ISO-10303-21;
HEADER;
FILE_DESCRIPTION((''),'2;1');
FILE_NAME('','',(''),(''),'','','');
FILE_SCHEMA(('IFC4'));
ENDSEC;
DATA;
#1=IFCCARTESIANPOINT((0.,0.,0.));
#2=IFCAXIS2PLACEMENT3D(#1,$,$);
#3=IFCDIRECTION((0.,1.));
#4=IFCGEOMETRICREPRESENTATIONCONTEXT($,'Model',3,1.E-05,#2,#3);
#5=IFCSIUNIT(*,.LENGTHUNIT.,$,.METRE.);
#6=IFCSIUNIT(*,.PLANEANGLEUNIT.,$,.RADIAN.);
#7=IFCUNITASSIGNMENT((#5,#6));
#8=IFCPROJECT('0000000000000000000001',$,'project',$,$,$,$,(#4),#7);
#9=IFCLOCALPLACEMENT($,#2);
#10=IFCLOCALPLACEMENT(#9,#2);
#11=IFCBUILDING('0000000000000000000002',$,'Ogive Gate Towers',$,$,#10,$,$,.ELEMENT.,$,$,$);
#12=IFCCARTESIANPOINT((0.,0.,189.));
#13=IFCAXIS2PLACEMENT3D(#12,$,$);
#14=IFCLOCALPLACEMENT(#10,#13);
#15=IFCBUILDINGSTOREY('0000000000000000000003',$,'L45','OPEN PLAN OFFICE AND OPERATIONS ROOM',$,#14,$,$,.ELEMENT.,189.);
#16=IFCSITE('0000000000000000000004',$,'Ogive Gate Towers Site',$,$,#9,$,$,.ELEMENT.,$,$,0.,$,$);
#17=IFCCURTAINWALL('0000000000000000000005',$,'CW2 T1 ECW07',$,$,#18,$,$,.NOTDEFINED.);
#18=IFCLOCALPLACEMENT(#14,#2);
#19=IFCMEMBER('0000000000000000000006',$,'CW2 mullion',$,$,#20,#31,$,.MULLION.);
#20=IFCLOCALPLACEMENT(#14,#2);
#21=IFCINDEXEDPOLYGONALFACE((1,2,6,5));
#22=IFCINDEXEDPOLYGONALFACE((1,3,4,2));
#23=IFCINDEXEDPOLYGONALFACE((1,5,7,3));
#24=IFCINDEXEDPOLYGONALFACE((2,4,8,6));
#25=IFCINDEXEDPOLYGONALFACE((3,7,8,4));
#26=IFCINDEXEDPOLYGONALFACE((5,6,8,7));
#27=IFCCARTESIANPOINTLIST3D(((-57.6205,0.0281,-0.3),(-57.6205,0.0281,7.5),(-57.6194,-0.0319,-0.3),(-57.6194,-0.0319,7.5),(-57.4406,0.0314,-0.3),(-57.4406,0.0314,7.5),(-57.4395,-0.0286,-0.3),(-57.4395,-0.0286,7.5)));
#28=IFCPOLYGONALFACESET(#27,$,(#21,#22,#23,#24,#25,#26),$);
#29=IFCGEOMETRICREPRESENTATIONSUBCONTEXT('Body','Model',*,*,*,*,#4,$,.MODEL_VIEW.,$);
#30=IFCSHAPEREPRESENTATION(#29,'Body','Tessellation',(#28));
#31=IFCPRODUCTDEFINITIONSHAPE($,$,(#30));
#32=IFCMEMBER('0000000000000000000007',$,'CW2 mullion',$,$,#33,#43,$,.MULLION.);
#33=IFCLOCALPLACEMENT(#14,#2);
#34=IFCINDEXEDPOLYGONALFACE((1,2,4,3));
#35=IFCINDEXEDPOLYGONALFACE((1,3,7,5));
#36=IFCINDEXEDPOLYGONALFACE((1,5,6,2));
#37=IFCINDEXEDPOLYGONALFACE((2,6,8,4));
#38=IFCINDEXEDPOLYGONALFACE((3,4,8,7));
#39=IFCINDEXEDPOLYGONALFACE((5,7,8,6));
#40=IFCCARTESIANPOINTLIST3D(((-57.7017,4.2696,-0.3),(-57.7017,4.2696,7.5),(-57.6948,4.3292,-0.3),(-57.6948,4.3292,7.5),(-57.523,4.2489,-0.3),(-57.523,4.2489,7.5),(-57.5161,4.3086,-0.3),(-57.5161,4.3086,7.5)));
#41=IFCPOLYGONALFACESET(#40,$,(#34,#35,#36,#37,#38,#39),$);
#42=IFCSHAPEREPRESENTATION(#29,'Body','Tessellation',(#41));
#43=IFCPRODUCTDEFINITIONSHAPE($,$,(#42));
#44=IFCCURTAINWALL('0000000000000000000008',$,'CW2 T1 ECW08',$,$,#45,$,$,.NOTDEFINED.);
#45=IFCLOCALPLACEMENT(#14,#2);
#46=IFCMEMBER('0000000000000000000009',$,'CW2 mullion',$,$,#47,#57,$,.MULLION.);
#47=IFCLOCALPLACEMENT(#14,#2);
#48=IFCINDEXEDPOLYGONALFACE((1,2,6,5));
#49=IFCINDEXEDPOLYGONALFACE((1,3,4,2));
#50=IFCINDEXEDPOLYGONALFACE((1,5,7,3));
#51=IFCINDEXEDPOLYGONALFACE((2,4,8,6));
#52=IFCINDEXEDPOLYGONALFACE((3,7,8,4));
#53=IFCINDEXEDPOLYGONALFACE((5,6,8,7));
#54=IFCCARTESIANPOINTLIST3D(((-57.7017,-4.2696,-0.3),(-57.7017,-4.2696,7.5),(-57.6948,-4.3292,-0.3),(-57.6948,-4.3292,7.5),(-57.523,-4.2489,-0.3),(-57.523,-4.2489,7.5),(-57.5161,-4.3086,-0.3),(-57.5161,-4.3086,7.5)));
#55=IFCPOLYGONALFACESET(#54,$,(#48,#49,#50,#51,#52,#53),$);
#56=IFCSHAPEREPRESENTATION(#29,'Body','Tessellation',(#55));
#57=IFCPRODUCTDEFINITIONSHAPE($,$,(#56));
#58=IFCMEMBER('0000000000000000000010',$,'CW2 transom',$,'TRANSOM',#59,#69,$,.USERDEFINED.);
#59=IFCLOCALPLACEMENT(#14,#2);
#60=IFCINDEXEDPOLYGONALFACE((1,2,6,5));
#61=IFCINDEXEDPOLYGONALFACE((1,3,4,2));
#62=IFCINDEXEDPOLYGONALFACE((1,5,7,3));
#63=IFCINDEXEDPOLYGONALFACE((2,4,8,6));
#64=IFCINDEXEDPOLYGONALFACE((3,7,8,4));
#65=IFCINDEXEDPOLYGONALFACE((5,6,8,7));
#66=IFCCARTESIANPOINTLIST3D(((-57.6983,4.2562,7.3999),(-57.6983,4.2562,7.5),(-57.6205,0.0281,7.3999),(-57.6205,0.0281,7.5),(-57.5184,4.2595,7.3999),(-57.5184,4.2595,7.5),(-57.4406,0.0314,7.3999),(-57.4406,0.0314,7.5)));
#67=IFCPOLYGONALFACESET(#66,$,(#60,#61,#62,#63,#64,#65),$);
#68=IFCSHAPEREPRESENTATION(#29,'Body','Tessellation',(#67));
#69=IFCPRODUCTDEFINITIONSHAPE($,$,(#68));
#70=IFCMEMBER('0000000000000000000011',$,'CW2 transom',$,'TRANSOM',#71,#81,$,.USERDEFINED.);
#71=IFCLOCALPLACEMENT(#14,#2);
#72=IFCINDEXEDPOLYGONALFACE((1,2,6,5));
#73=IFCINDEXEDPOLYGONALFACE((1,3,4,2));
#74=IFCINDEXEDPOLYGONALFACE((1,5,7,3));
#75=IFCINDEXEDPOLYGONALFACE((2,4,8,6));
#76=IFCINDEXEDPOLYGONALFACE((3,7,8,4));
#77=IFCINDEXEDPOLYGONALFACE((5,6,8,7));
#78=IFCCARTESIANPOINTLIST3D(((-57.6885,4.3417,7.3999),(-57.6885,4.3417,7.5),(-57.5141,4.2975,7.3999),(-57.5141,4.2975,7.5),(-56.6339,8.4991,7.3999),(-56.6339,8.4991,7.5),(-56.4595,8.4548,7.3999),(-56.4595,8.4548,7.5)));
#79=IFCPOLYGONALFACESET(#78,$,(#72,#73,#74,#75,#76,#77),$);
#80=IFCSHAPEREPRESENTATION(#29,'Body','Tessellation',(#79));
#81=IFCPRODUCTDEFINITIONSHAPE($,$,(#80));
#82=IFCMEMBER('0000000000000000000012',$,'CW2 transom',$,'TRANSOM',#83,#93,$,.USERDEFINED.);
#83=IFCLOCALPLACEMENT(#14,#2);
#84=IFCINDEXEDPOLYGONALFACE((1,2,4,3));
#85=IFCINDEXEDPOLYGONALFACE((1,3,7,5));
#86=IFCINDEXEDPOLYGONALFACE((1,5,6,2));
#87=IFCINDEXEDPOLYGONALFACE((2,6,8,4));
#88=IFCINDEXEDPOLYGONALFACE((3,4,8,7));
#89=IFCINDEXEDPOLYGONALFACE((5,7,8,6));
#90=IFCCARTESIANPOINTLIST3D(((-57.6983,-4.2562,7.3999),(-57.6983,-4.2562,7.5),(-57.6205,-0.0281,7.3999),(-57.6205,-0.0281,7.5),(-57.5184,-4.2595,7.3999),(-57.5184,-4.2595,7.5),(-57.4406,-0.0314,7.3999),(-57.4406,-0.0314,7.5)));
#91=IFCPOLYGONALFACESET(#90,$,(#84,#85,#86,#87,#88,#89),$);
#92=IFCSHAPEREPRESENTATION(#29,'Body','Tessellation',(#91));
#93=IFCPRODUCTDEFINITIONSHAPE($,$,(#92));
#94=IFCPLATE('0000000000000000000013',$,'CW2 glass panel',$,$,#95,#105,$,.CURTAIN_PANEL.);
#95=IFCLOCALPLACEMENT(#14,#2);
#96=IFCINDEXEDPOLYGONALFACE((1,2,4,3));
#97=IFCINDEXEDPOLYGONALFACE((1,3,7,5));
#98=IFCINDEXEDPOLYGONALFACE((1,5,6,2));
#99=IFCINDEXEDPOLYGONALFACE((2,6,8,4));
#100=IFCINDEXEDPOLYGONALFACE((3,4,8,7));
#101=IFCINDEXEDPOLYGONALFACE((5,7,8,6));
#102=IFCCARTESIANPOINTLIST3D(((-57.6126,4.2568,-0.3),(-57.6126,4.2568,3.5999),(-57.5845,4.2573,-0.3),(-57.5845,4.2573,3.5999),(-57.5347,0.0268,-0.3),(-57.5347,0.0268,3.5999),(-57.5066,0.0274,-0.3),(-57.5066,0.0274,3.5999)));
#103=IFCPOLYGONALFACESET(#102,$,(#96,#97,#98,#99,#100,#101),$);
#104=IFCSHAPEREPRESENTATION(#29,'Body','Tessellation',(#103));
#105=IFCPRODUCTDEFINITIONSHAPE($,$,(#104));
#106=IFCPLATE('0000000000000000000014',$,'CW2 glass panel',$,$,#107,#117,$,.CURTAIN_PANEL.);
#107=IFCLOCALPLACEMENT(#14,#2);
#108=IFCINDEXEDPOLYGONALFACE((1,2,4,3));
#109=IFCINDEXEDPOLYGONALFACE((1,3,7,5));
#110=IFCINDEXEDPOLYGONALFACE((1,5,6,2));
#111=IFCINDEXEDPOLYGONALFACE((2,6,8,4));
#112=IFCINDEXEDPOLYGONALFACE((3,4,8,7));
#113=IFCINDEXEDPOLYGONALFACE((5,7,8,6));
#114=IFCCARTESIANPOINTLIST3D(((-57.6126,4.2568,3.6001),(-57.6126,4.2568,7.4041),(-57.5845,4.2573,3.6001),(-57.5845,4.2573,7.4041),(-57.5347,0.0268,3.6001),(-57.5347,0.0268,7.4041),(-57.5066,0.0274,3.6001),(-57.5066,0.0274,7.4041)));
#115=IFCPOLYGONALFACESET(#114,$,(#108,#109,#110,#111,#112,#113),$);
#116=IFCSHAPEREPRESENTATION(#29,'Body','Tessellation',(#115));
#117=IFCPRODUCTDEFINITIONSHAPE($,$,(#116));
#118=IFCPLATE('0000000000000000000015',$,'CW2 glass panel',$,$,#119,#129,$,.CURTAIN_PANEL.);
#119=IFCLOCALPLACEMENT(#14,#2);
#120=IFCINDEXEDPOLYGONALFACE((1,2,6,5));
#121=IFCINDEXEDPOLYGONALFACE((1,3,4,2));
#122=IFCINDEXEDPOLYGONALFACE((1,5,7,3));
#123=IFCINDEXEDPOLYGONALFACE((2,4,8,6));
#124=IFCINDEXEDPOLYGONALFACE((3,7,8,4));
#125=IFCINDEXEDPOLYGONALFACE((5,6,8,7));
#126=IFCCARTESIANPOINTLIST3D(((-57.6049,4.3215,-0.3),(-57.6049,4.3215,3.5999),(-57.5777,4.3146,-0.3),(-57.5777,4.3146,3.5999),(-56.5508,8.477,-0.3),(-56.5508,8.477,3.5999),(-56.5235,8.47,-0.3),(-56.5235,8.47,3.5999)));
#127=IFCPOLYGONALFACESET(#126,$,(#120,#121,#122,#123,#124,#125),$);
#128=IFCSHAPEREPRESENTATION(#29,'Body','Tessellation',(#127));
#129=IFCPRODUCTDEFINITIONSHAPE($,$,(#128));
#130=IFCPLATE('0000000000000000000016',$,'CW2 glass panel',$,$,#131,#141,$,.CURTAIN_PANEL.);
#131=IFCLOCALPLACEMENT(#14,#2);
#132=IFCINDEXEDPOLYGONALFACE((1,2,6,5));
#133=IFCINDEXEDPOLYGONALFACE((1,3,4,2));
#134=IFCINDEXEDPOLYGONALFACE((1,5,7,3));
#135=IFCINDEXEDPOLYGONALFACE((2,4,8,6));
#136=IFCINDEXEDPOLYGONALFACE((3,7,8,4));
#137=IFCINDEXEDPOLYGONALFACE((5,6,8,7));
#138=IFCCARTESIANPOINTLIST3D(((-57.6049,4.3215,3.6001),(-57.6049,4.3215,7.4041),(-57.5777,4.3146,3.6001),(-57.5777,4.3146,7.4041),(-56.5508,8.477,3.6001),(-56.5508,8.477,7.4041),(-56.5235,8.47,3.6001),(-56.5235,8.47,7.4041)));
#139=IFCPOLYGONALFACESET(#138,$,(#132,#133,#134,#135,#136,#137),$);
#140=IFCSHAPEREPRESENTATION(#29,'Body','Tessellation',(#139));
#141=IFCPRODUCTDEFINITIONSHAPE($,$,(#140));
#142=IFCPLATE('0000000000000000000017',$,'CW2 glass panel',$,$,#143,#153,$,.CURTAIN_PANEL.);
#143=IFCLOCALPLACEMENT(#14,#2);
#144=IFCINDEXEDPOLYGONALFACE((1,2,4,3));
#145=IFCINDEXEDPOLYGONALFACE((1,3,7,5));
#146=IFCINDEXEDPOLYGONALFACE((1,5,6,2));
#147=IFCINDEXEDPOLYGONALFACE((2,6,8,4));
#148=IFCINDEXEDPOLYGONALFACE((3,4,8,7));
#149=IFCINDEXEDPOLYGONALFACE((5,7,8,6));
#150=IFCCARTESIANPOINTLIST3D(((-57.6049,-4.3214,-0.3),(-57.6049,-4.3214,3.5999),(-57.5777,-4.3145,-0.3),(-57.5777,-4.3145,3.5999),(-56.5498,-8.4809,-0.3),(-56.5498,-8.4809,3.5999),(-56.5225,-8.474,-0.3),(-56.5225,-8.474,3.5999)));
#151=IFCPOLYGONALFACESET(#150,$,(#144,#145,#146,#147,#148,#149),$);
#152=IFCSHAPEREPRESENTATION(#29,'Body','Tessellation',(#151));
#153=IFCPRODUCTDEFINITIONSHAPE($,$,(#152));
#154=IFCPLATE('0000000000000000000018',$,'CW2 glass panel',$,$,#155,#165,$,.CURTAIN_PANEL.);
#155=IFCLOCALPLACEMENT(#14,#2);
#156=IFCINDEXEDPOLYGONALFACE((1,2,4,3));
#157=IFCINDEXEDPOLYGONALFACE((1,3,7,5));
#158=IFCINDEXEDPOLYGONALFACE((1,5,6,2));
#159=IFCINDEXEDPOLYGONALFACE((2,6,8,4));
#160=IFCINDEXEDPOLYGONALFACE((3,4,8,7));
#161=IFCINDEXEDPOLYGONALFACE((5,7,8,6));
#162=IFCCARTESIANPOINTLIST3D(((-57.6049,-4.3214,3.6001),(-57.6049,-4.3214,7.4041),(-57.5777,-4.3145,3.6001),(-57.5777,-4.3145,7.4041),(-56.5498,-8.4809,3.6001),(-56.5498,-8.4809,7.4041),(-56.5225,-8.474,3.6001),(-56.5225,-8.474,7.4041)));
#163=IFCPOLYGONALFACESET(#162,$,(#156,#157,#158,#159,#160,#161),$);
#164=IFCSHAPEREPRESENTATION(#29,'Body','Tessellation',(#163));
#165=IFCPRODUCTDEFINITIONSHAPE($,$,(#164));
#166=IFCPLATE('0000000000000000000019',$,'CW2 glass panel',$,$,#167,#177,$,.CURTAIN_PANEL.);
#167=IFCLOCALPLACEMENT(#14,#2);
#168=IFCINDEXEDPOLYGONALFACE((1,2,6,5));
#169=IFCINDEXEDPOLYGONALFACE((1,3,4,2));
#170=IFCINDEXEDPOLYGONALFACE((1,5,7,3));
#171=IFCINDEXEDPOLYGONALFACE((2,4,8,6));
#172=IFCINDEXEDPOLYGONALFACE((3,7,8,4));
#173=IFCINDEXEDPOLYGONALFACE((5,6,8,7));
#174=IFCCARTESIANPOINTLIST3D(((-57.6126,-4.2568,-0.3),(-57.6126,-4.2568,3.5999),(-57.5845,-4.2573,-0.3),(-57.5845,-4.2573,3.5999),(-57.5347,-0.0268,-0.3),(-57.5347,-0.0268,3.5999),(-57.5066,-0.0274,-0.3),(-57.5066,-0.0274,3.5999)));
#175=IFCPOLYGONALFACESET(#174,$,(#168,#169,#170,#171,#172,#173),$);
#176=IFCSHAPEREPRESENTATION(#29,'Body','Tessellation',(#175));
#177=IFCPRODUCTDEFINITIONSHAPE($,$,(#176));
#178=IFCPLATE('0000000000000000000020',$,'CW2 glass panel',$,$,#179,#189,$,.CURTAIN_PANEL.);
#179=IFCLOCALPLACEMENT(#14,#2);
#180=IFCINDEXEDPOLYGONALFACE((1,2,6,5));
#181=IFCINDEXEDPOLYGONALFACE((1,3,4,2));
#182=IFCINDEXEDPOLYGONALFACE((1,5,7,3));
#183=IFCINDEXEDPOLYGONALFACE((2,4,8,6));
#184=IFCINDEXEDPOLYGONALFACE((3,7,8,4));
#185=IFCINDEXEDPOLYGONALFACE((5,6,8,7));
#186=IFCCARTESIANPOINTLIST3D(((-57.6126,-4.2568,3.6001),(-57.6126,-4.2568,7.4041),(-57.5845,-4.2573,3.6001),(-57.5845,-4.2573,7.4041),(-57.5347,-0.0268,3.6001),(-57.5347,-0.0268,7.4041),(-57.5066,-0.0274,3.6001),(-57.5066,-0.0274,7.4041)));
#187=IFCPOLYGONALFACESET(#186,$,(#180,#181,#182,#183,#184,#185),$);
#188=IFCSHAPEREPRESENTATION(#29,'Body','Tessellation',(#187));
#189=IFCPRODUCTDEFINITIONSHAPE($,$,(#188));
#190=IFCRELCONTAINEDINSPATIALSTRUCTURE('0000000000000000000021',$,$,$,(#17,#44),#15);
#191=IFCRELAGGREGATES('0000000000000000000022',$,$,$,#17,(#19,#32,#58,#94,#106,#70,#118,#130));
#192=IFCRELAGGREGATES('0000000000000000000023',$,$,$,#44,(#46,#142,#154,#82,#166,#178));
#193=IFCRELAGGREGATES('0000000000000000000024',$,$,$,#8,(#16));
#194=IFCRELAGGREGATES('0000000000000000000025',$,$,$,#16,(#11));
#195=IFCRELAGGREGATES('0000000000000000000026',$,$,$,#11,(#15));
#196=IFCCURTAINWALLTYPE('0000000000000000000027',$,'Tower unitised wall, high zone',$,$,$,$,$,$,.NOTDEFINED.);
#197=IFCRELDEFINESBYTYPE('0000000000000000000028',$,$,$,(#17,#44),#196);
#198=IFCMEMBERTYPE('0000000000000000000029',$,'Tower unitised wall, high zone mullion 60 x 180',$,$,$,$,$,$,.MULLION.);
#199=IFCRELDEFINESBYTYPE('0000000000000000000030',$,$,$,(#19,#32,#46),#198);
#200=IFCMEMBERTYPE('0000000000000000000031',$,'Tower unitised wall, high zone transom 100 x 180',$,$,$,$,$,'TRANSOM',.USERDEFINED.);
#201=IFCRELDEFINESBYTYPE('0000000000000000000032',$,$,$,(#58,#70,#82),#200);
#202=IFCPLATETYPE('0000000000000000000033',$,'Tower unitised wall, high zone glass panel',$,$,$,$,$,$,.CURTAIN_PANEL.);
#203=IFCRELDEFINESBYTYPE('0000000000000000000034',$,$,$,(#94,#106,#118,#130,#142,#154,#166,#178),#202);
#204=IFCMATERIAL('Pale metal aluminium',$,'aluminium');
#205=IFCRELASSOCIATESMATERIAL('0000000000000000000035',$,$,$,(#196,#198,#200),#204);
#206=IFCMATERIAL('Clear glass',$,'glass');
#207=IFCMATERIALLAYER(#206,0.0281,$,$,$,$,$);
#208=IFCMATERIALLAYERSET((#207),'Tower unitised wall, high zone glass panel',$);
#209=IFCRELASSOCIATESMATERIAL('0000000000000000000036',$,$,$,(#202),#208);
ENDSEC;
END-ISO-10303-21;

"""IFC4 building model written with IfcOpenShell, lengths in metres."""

from ifc_helpers import new_model, si_unit, direction, frame, origin, origin_2d, place, context, subcontext, project, spatial, rectangle, extrude, material, layer, layer_set, material_profile, profile_set, type_object, element, aggregate, save


model = new_model("IFC4")

# Units and contexts
model_context = context("Model", 3, precision=1e-05, world=origin(), true_north=direction((0.0, 1.0)))
body_context = subcontext(model_context, "Body", "Model", "MODEL_VIEW")
ifc_project = project(units=[si_unit("LENGTHUNIT", "METRE"), si_unit("PLANEANGLEUNIT", "RADIAN")], contexts=[model_context])

# Site, building, storey
site_placement = place(None, origin())
site = spatial("IfcSite", under=ifc_project, at=site_placement, Name="Ogive Gate Towers Site", CompositionType="ELEMENT", RefElevation=0.0)
building_placement = place(site_placement, origin())
building = spatial("IfcBuilding", under=site, at=building_placement, Name="Ogive Gate Towers", CompositionType="ELEMENT")
storey_placement = place(building_placement, frame((0.0, 0.0, 189.0)))
storey = spatial("IfcBuildingStorey", under=building, at=storey_placement, Name="L45", Description="OPEN PLAN OFFICE AND OPERATIONS ROOM", CompositionType="ELEMENT", Elevation=189.0)

# Curtain wall, members
ifc_material_1 = material(Name="Pale metal aluminium", Category="aluminium")
curtain_wall_type = type_object("IfcCurtainWallType", Name="Tower unitised wall, high zone", PredefinedType="NOTDEFINED", material=ifc_material_1)
curtain_wall_1_placement = place(storey_placement, origin())
curtain_wall_1 = element("IfcCurtainWall", 1, at=curtain_wall_1_placement, inside=storey, type_object=curtain_wall_type, Name="CW2 T1 ECW07", PredefinedType="NOTDEFINED")
ifc_material_profile_1 = material_profile(ifc_material_1, rectangle(XDim=0.1799, YDim=0.0601, at=origin_2d()), Name="60 x 180 aluminium box")
ifc_profile_set_1 = profile_set([ifc_material_profile_1], Name="Pale metal aluminium")
member_type_1 = type_object("IfcMemberType", Name="Tower unitised wall, high zone mullion 60 x 180", PredefinedType="MULLION", material=ifc_profile_set_1)
member_1_placement = place(storey_placement, frame((-57.53, -0.0002, -0.3), z_axis=(0.0, 0.0, 1.0), x_axis=(0.99983, 0.018412, 0.0)))
member_1 = element("IfcMember", 2, at=member_1_placement, type_object=member_type_1, Name="CW2 mullion", PredefinedType="MULLION", context=body_context, shape_type="SweptSolid", body=[
    extrude(rectangle(XDim=0.1799, YDim=0.0601, at=origin_2d()), origin(), (0.0, 0.0, 1.0), 7.8),
])
member_2_placement = place(storey_placement, frame((-57.6089, 4.2891, -0.3), z_axis=(0.0, 0.0, 1.0), x_axis=(0.993395, -0.114746, 0.0)))
member_2 = element("IfcMember", 3, at=member_2_placement, type_object=member_type_1, Name="CW2 mullion", PredefinedType="MULLION", context=body_context, shape_type="SweptSolid", body=[
    extrude(rectangle(XDim=0.1799, YDim=0.0601, at=origin_2d()), origin(), (0.0, 0.0, 1.0), 7.8),
])

# Curtain wall, member
curtain_wall_2_placement = place(storey_placement, origin())
curtain_wall_2 = element("IfcCurtainWall", 4, at=curtain_wall_2_placement, inside=storey, type_object=curtain_wall_type, Name="CW2 T1 ECW08", PredefinedType="NOTDEFINED")
member_3_placement = place(storey_placement, frame((-57.6089, -4.2891, -0.3), z_axis=(0.0, 0.0, 1.0), x_axis=(0.993395, 0.114746, 0.0)))
member_3 = element("IfcMember", 5, at=member_3_placement, type_object=member_type_1, Name="CW2 mullion", PredefinedType="MULLION", context=body_context, shape_type="SweptSolid", body=[
    extrude(rectangle(XDim=0.1799, YDim=0.0601, at=origin_2d()), origin(), (0.0, 0.0, 1.0), 7.8),
])

# Members
ifc_material_profile_2 = material_profile(ifc_material_1, rectangle(XDim=0.1799, YDim=0.1001, at=origin_2d()), Name="100 x 180 aluminium box")
ifc_profile_set_2 = profile_set([ifc_material_profile_2], Name="Pale metal aluminium")
member_type_2 = type_object("IfcMemberType", Name="Tower unitised wall, high zone transom 100 x 180", ElementType="TRANSOM", PredefinedType="USERDEFINED", material=ifc_profile_set_2)
member_4_placement = place(storey_placement, frame((-57.5305, 0.0298, 7.45), z_axis=(-0.018417, 0.99983, 0.0), x_axis=(-0.99983, -0.018417, 0.0)))
member_4 = element("IfcMember", 6, at=member_4_placement, type_object=member_type_2, Name="CW2 transom", ObjectType="TRANSOM", PredefinedType="USERDEFINED", context=body_context, shape_type="SweptSolid", body=[
    extrude(rectangle(XDim=0.1799, YDim=0.1001, at=origin_2d()), origin(), (0.0, 0.0, 1.0), 4.2288),
])
member_5_placement = place(storey_placement, frame((-57.6013, 4.3196, 7.45), z_axis=(0.245896, 0.969296, 0.0), x_axis=(-0.969296, 0.245896, 0.0)))
member_5 = element("IfcMember", 7, at=member_5_placement, type_object=member_type_2, Name="CW2 transom", ObjectType="TRANSOM", PredefinedType="USERDEFINED", context=body_context, shape_type="SweptSolid", body=[
    extrude(rectangle(XDim=0.1799, YDim=0.1001, at=origin_2d()), origin(), (0.0, 0.0, 1.0), 4.2891),
])
member_6_placement = place(storey_placement, frame((-57.6084, -4.2578, 7.45), z_axis=(0.018417, 0.99983, 0.0), x_axis=(-0.99983, 0.018417, 0.0)))
member_6 = element("IfcMember", 8, at=member_6_placement, type_object=member_type_2, Name="CW2 transom", ObjectType="TRANSOM", PredefinedType="USERDEFINED", context=body_context, shape_type="SweptSolid", body=[
    extrude(rectangle(XDim=0.1799, YDim=0.1001, at=origin_2d()), origin(), (0.0, 0.0, 1.0), 4.2288),
])

# Plates
ifc_material_2 = material(Name="Clear glass", Category="glass")
ifc_layer_1 = layer(ifc_material_2, 0.0281)
ifc_layer_set_1 = layer_set([ifc_layer_1], Name="Tower unitised wall, high zone glass panel")
plate_type = type_object("IfcPlateType", Name="Tower unitised wall, high zone glass panel", PredefinedType="CURTAIN_PANEL", material=ifc_layer_set_1)
plate_1_placement = place(storey_placement, frame((-57.5596, 2.1421, -0.3), z_axis=(0.0, 0.0, 1.0), x_axis=(-0.018412, 0.99983, 0.0)))
plate_1 = element("IfcPlate", 9, at=plate_1_placement, type_object=plate_type, Name="CW2 glass panel", PredefinedType="CURTAIN_PANEL", context=body_context, shape_type="SweptSolid", body=[
    extrude(rectangle(XDim=4.2307, YDim=0.0281, at=origin_2d()), origin(), (0.0, 0.0, 1.0), 3.8999),
])
plate_2_placement = place(storey_placement, frame((-57.5596, 2.1421, 3.6001), z_axis=(0.0, 0.0, 1.0), x_axis=(-0.018412, 0.99983, 0.0)))
plate_2 = element("IfcPlate", 10, at=plate_2_placement, type_object=plate_type, Name="CW2 glass panel", PredefinedType="CURTAIN_PANEL", context=body_context, shape_type="SweptSolid", body=[
    extrude(rectangle(XDim=4.2307, YDim=0.0281, at=origin_2d()), origin(), (0.0, 0.0, 1.0), 3.804),
])
plate_3_placement = place(storey_placement, frame((-57.0642, 6.3958, -0.3), z_axis=(0.0, 0.0, 1.0), x_axis=(0.245883, 0.9693, 0.0)))
plate_3 = element("IfcPlate", 11, at=plate_3_placement, type_object=plate_type, Name="CW2 glass panel", PredefinedType="CURTAIN_PANEL", context=body_context, shape_type="SweptSolid", body=[
    extrude(rectangle(XDim=4.2871, YDim=0.0281, at=origin_2d()), origin(), (0.0, 0.0, 1.0), 3.8999),
])
plate_4_placement = place(storey_placement, frame((-57.0642, 6.3958, 3.6001), z_axis=(0.0, 0.0, 1.0), x_axis=(0.245883, 0.9693, 0.0)))
plate_4 = element("IfcPlate", 12, at=plate_4_placement, type_object=plate_type, Name="CW2 glass panel", PredefinedType="CURTAIN_PANEL", context=body_context, shape_type="SweptSolid", body=[
    extrude(rectangle(XDim=4.2871, YDim=0.0281, at=origin_2d()), origin(), (0.0, 0.0, 1.0), 3.804),
])
aggregate(curtain_wall_1, [member_1, member_2, member_4, plate_1, plate_2, member_5, plate_3, plate_4])
plate_5_placement = place(storey_placement, frame((-57.0637, -6.3977, -0.3), z_axis=(0.0, 0.0, 1.0), x_axis=(-0.245883, 0.9693, 0.0)))
plate_5 = element("IfcPlate", 13, at=plate_5_placement, type_object=plate_type, Name="CW2 glass panel", PredefinedType="CURTAIN_PANEL", context=body_context, shape_type="SweptSolid", body=[
    extrude(rectangle(XDim=4.2913, YDim=0.0281, at=origin_2d()), origin(), (0.0, 0.0, 1.0), 3.8999),
])
plate_6_placement = place(storey_placement, frame((-57.0637, -6.3977, 3.6001), z_axis=(0.0, 0.0, 1.0), x_axis=(-0.245883, 0.9693, 0.0)))
plate_6 = element("IfcPlate", 14, at=plate_6_placement, type_object=plate_type, Name="CW2 glass panel", PredefinedType="CURTAIN_PANEL", context=body_context, shape_type="SweptSolid", body=[
    extrude(rectangle(XDim=4.2913, YDim=0.0281, at=origin_2d()), origin(), (0.0, 0.0, 1.0), 3.804),
])
plate_7_placement = place(storey_placement, frame((-57.5596, -2.1421, -0.3), z_axis=(0.0, 0.0, 1.0), x_axis=(0.018412, 0.99983, 0.0)))
plate_7 = element("IfcPlate", 15, at=plate_7_placement, type_object=plate_type, Name="CW2 glass panel", PredefinedType="CURTAIN_PANEL", context=body_context, shape_type="SweptSolid", body=[
    extrude(rectangle(XDim=4.2307, YDim=0.0281, at=origin_2d()), origin(), (0.0, 0.0, 1.0), 3.8999),
])
plate_8_placement = place(storey_placement, frame((-57.5596, -2.1421, 3.6001), z_axis=(0.0, 0.0, 1.0), x_axis=(0.018412, 0.99983, 0.0)))
plate_8 = element("IfcPlate", 16, at=plate_8_placement, type_object=plate_type, Name="CW2 glass panel", PredefinedType="CURTAIN_PANEL", context=body_context, shape_type="SweptSolid", body=[
    extrude(rectangle(XDim=4.2307, YDim=0.0281, at=origin_2d()), origin(), (0.0, 0.0, 1.0), 3.804),
])
aggregate(curtain_wall_2, [member_3, plate_5, plate_6, member_6, plate_7, plate_8])

save(model, "model.ifc")
